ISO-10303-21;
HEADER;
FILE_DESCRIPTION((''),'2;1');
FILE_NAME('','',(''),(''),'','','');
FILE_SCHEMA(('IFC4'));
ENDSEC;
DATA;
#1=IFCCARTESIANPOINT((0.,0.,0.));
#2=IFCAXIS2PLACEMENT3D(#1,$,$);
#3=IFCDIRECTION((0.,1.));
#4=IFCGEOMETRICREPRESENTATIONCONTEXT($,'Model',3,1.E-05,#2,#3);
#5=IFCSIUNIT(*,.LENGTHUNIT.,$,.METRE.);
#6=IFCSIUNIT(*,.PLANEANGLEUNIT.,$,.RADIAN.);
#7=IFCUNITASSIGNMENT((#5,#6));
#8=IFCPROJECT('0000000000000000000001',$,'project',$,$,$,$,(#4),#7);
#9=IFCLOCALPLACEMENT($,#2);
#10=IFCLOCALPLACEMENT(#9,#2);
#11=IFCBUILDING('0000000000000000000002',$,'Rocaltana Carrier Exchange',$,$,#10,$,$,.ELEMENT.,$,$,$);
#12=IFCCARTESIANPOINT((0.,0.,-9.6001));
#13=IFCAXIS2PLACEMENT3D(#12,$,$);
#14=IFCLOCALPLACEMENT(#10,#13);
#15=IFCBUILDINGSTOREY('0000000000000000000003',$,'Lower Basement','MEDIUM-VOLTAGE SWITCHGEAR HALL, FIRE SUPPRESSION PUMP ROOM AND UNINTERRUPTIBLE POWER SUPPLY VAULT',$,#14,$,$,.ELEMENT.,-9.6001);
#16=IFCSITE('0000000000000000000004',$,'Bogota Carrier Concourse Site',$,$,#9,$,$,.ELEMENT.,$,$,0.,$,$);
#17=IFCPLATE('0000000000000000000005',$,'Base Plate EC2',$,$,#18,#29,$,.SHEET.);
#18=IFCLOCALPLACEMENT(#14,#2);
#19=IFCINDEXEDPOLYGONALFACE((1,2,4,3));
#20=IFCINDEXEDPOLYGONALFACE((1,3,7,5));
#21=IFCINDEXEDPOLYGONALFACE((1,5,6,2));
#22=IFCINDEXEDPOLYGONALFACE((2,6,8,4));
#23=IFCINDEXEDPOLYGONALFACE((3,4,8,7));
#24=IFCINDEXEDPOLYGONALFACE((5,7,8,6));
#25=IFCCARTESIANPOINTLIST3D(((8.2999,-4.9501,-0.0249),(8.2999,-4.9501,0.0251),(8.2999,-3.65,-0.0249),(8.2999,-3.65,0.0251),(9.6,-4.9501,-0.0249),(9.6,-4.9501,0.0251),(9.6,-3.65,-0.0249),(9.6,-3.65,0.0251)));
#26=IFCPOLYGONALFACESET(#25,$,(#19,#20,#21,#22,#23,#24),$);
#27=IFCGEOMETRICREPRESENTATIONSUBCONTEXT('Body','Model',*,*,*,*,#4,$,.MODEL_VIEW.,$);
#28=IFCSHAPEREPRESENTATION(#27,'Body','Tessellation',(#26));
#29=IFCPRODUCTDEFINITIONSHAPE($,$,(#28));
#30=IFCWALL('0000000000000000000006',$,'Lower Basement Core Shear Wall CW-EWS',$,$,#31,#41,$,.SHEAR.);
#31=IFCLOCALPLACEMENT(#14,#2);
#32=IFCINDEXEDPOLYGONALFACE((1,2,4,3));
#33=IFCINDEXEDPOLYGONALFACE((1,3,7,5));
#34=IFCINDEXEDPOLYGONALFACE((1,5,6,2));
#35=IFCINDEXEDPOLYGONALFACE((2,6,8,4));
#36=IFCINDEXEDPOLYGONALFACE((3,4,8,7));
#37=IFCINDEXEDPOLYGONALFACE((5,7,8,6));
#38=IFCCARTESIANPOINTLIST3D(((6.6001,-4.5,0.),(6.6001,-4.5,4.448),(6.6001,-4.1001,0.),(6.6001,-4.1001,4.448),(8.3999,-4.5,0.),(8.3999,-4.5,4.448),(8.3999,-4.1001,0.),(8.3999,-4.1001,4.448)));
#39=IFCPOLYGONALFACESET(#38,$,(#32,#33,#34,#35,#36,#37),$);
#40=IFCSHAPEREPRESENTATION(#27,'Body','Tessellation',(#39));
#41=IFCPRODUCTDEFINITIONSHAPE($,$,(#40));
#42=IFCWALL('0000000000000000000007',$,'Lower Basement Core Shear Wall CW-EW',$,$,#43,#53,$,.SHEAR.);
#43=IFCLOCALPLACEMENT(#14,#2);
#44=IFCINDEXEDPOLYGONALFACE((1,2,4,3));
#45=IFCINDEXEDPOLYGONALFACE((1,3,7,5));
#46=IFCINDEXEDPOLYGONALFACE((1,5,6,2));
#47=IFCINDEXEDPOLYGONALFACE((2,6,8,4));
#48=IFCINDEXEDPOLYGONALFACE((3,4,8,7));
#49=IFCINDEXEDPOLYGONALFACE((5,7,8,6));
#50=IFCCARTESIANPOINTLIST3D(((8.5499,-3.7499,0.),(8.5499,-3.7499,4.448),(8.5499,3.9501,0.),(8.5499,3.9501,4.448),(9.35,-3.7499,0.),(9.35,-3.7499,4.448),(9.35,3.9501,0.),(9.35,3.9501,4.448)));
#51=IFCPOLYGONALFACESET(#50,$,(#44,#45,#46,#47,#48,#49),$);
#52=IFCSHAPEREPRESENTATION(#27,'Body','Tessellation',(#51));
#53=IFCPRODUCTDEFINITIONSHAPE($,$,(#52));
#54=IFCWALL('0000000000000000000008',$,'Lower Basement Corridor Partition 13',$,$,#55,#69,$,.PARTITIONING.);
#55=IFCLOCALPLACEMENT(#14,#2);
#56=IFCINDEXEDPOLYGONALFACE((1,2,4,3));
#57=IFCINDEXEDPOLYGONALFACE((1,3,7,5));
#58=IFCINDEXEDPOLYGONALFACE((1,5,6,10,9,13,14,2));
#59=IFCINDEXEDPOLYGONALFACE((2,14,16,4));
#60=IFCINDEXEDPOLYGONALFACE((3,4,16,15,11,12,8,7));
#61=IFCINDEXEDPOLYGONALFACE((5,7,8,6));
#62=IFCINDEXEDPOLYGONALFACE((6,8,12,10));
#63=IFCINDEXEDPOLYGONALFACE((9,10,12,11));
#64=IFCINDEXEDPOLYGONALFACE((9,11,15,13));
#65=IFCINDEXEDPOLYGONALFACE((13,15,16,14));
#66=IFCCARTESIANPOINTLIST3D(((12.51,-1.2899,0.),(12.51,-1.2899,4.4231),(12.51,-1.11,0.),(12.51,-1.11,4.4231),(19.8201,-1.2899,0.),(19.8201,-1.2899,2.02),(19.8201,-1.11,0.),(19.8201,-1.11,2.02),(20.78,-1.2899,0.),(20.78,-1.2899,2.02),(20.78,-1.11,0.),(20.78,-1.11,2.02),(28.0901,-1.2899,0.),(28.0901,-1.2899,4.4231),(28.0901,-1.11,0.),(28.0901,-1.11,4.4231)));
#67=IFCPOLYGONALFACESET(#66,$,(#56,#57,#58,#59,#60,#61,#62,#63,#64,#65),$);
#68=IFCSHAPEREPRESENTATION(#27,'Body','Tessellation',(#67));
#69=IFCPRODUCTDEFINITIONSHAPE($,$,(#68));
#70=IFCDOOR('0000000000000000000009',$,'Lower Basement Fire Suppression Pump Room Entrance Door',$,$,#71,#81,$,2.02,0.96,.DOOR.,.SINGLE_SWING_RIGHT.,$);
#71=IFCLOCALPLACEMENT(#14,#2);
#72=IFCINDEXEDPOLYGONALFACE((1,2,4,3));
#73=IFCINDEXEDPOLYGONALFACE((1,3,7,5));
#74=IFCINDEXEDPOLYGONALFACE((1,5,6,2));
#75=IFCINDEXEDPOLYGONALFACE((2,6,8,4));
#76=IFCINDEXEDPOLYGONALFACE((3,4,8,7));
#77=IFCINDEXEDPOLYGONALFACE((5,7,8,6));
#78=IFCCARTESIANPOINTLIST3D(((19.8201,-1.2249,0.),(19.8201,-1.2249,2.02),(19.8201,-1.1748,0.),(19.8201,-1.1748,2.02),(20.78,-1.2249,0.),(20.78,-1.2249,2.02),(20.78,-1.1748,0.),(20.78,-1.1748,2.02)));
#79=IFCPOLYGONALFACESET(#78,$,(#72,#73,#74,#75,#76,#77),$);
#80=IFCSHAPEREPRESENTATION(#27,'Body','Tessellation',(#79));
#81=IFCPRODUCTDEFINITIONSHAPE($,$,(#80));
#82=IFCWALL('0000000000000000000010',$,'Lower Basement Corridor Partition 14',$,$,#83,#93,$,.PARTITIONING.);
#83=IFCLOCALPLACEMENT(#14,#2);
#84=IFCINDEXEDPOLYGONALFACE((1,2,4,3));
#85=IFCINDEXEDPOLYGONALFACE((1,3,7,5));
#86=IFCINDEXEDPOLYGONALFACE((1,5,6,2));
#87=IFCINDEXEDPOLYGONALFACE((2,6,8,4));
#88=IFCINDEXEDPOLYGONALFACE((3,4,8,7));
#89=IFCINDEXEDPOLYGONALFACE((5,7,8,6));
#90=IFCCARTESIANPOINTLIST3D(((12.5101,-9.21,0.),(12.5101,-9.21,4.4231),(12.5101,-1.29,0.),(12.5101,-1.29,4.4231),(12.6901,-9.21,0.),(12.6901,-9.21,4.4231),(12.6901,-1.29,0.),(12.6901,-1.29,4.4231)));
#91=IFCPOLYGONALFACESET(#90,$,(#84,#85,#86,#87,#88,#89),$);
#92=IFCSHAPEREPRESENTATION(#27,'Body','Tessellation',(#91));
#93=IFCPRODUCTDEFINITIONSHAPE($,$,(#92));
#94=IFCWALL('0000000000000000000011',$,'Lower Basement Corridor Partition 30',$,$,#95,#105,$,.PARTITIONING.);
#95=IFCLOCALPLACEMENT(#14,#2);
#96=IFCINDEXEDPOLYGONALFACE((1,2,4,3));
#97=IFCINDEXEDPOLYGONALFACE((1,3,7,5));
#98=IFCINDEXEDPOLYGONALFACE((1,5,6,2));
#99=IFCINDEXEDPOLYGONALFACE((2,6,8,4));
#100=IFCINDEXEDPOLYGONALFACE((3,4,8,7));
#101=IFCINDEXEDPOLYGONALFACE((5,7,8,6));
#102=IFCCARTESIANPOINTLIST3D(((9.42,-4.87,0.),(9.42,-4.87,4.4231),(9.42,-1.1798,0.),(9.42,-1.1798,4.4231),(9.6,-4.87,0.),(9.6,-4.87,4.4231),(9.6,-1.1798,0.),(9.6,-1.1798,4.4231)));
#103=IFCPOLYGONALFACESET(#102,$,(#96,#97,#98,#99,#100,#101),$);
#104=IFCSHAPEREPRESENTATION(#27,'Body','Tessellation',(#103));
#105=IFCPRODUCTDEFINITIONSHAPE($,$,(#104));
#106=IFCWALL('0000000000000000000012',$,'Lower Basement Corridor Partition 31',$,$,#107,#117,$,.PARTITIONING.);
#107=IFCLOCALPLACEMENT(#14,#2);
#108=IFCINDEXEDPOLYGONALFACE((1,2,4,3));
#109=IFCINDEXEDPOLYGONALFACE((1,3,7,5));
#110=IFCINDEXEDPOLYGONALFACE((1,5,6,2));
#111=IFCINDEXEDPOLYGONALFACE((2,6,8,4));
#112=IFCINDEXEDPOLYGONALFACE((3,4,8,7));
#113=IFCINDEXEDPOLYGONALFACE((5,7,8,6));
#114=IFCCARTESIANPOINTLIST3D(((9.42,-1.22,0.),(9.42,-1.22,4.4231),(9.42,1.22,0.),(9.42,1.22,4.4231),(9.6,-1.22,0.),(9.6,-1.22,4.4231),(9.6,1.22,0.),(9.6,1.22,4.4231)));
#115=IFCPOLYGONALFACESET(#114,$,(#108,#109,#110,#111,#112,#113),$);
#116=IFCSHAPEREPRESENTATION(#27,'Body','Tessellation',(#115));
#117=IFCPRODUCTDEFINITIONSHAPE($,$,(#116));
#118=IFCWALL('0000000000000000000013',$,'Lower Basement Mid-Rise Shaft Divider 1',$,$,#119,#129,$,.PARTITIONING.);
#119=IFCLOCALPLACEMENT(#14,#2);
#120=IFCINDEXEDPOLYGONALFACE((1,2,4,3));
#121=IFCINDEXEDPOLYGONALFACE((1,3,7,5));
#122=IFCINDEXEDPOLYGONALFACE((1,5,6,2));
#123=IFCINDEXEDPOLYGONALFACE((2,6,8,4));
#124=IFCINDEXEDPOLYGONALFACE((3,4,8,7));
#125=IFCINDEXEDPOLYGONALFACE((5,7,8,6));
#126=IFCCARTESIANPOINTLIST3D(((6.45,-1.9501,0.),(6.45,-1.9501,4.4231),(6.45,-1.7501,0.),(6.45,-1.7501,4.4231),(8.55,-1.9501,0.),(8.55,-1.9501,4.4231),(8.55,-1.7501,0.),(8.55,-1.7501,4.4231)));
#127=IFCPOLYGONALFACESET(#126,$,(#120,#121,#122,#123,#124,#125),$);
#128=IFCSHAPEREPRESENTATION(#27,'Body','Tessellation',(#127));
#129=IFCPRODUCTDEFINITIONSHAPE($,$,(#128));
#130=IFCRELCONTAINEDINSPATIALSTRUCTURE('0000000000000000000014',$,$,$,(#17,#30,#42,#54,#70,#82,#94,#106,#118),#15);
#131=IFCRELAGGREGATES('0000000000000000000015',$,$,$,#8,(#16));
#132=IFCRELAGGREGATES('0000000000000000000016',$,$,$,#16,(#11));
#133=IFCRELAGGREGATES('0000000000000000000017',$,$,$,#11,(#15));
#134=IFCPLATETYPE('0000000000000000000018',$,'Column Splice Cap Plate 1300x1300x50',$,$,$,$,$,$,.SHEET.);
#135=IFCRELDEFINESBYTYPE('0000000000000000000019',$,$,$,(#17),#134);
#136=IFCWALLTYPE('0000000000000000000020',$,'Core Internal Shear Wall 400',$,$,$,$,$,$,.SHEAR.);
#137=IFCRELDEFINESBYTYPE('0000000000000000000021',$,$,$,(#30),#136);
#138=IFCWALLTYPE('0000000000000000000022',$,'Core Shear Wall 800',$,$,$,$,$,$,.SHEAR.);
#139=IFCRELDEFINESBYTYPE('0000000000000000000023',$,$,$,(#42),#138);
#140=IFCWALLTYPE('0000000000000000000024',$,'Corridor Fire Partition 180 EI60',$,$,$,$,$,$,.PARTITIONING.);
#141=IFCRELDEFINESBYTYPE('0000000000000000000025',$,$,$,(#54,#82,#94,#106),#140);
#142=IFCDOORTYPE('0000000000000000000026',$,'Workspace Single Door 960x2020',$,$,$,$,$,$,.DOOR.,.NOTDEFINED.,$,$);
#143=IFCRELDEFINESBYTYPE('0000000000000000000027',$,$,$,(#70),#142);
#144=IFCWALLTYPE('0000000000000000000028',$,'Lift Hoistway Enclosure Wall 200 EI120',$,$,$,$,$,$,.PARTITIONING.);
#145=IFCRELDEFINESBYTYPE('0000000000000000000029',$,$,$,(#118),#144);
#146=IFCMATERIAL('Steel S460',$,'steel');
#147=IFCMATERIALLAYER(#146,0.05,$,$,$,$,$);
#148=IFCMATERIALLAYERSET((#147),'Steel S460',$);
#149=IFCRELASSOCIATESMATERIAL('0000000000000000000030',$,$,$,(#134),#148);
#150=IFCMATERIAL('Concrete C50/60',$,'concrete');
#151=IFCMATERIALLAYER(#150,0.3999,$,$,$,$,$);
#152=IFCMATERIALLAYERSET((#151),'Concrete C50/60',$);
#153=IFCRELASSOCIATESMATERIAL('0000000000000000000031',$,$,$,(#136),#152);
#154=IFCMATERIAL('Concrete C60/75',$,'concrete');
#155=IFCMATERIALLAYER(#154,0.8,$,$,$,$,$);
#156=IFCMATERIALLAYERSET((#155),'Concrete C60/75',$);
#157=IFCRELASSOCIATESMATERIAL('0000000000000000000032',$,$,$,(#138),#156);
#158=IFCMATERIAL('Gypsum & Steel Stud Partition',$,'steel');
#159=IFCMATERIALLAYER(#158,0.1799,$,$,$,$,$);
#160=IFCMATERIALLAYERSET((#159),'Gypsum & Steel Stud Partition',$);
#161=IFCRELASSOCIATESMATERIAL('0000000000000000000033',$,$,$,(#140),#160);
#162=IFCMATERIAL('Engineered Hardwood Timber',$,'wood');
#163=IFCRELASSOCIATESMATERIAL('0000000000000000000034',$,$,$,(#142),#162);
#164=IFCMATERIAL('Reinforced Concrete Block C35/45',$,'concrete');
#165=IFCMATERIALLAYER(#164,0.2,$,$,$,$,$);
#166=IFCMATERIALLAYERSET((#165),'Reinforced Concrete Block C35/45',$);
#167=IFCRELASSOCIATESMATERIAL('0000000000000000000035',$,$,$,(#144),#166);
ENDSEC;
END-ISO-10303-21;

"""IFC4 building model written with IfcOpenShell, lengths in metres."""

from ifc_helpers import new_model, si_unit, direction, frame, frame_2d, origin, origin_2d, place, context, subcontext, project, spatial, rectangle, extrude, material, layer, layer_set, type_object, element, fill, save


model = new_model("IFC4")

# Units and contexts
model_context = context("Model", 3, precision=1e-05, world=origin(), true_north=direction((0.0, 1.0)))
body_context = subcontext(model_context, "Body", "Model", "MODEL_VIEW")
ifc_project = project(units=[si_unit("LENGTHUNIT", "METRE"), si_unit("PLANEANGLEUNIT", "RADIAN")], contexts=[model_context])

# Site, building, storey
site_placement = place(None, origin())
site = spatial("IfcSite", under=ifc_project, at=site_placement, Name="Bogota Carrier Concourse Site", CompositionType="ELEMENT", RefElevation=0.0)
building_placement = place(site_placement, origin())
building = spatial("IfcBuilding", under=site, at=building_placement, Name="Rocaltana Carrier Exchange", CompositionType="ELEMENT")
storey_placement = place(building_placement, frame((0.0, 0.0, -9.6001)))
storey = spatial("IfcBuildingStorey", under=building, at=storey_placement, Name="Lower Basement", Description="MEDIUM-VOLTAGE SWITCHGEAR HALL, FIRE SUPPRESSION PUMP ROOM AND UNINTERRUPTIBLE POWER SUPPLY VAULT", CompositionType="ELEMENT", Elevation=-9.6001)

# Plate
ifc_material_1 = material(Name="Steel S460", Category="steel")
ifc_layer_1 = layer(ifc_material_1, 0.05)
ifc_layer_set_1 = layer_set([ifc_layer_1], Name="Steel S460")
plate_type = type_object("IfcPlateType", Name="Column Splice Cap Plate 1300x1300x50", PredefinedType="SHEET", material=ifc_layer_set_1)
plate_placement = place(storey_placement, frame((8.95, -4.3, -0.0249), z_axis=(0.0, 0.0, 1.0), x_axis=(1.0, 0.0, 0.0)))
element("IfcPlate", 1, at=plate_placement, inside=storey, type_object=plate_type, Name="Base Plate EC2", PredefinedType="SHEET", context=body_context, shape_type="SweptSolid", body=[
    extrude(rectangle(XDim=1.3, YDim=1.3, at=origin_2d()), origin(), (0.0, 0.0, 1.0), 0.05),
])

# Walls
ifc_material_2 = material(Name="Concrete C50/60", Category="concrete")
ifc_layer_2 = layer(ifc_material_2, 0.3999)
ifc_layer_set_2 = layer_set([ifc_layer_2], Name="Concrete C50/60")
wall_type_1 = type_object("IfcWallType", Name="Core Internal Shear Wall 400", PredefinedType="SHEAR", material=ifc_layer_set_2)
wall_1_placement = place(storey_placement, frame((6.6001, -4.3, 0.0), z_axis=(0.0, 0.0, 1.0), x_axis=(1.0, 0.0, 0.0)))
element("IfcWall", 2, at=wall_1_placement, inside=storey, type_object=wall_type_1, Name="Lower Basement Core Shear Wall CW-EWS", PredefinedType="SHEAR", context=body_context, shape_type="SweptSolid", body=[
    extrude(rectangle(XDim=1.7998, YDim=0.3999, at=frame_2d((0.8999, 0.0))), origin(), (0.0, 0.0, 1.0), 4.448),
])
ifc_material_3 = material(Name="Concrete C60/75", Category="concrete")
ifc_layer_3 = layer(ifc_material_3, 0.8)
ifc_layer_set_3 = layer_set([ifc_layer_3], Name="Concrete C60/75")
wall_type_2 = type_object("IfcWallType", Name="Core Shear Wall 800", PredefinedType="SHEAR", material=ifc_layer_set_3)
wall_2_placement = place(storey_placement, frame((8.95, -3.75, 0.0), z_axis=(0.0, 0.0, 1.0), x_axis=(0.0, 1.0, 0.0)))
element("IfcWall", 3, at=wall_2_placement, inside=storey, type_object=wall_type_2, Name="Lower Basement Core Shear Wall CW-EW", PredefinedType="SHEAR", context=body_context, shape_type="SweptSolid", body=[
    extrude(rectangle(XDim=7.7, YDim=0.8, at=frame_2d((3.8501, 0.0))), origin(), (0.0, 0.0, 1.0), 4.448),
])

# Wall, opening, door
ifc_material_4 = material(Name="Gypsum & Steel Stud Partition", Category="steel")
ifc_layer_4 = layer(ifc_material_4, 0.1799)
ifc_layer_set_4 = layer_set([ifc_layer_4], Name="Gypsum & Steel Stud Partition")
wall_type_3 = type_object("IfcWallType", Name="Corridor Fire Partition 180 EI60", PredefinedType="PARTITIONING", material=ifc_layer_set_4)
wall_3_placement = place(storey_placement, frame((28.0901, -1.2, 0.0), z_axis=(0.0, 0.0, 1.0), x_axis=(-1.0, 0.0, 0.0)))
wall_3 = element("IfcWall", 4, at=wall_3_placement, inside=storey, type_object=wall_type_3, Name="Lower Basement Corridor Partition 13", PredefinedType="PARTITIONING", context=body_context, shape_type="SweptSolid", body=[
    extrude(rectangle(XDim=15.5801, YDim=0.1799, at=frame_2d((7.79, 0.0))), origin(), (0.0, 0.0, 1.0), 4.4231),
])
opening_placement = place(wall_3_placement, frame((7.3101, 0.0, 0.0)))
opening = element("IfcOpeningElement", 5, at=opening_placement, cuts=wall_3, PredefinedType="OPENING", context=body_context, shape_type="SweptSolid", body=[
    extrude(rectangle(XDim=0.96, YDim=2.02, at=frame_2d((0.48, 1.01))), frame((0.0, 0.0999, 0.0), z_axis=(0.0, -1.0, 0.0), x_axis=(1.0, 0.0, 0.0)), (0.0, 0.0, 1.0), 0.2),
])
ifc_material_5 = material(Name="Engineered Hardwood Timber", Category="wood")
door_type = type_object("IfcDoorType", Name="Workspace Single Door 960x2020", OperationType="NOTDEFINED", PredefinedType="DOOR", material=ifc_material_5)
door_placement = place(opening_placement, origin())
door = element("IfcDoor", 6, at=door_placement, inside=storey, type_object=door_type, Name="Lower Basement Fire Suppression Pump Room Entrance Door", OperationType="SINGLE_SWING_RIGHT", OverallHeight=2.02, OverallWidth=0.96, PredefinedType="DOOR", context=body_context, shape_type="SweptSolid", body=[
    extrude(rectangle(XDim=0.96, YDim=2.02, at=frame_2d((0.48, 1.01))), frame((0.0, 0.0249, 0.0), z_axis=(0.0, -1.0, 0.0), x_axis=(1.0, 0.0, 0.0)), (0.0, 0.0, 1.0), 0.05),
])
fill(opening, door)

# Walls
wall_4_placement = place(storey_placement, frame((12.6001, -1.29, 0.0), z_axis=(0.0, 0.0, 1.0), x_axis=(0.0, -1.0, 0.0)))
element("IfcWall", 7, at=wall_4_placement, inside=storey, type_object=wall_type_3, Name="Lower Basement Corridor Partition 14", PredefinedType="PARTITIONING", context=body_context, shape_type="SweptSolid", body=[
    extrude(rectangle(XDim=7.9199, YDim=0.1799, at=frame_2d((3.96, 0.0))), origin(), (0.0, 0.0, 1.0), 4.4231),
])
wall_5_placement = place(storey_placement, frame((9.51, -4.8701, 0.0), z_axis=(0.0, 0.0, 1.0), x_axis=(0.0, 1.0, 0.0)))
element("IfcWall", 8, at=wall_5_placement, inside=storey, type_object=wall_type_3, Name="Lower Basement Corridor Partition 30", PredefinedType="PARTITIONING", context=body_context, shape_type="SweptSolid", body=[
    extrude(rectangle(XDim=3.6902, YDim=0.1799, at=frame_2d((1.8452, 0.0))), origin(), (0.0, 0.0, 1.0), 4.4231),
])
wall_6_placement = place(storey_placement, frame((9.51, -1.22, 0.0), z_axis=(0.0, 0.0, 1.0), x_axis=(0.0, 1.0, 0.0)))
element("IfcWall", 9, at=wall_6_placement, inside=storey, type_object=wall_type_3, Name="Lower Basement Corridor Partition 31", PredefinedType="PARTITIONING", context=body_context, shape_type="SweptSolid", body=[
    extrude(rectangle(XDim=2.4399, YDim=0.1799, at=frame_2d((1.22, 0.0))), origin(), (0.0, 0.0, 1.0), 4.4231),
])
ifc_material_6 = material(Name="Reinforced Concrete Block C35/45", Category="concrete")
ifc_layer_5 = layer(ifc_material_6, 0.2)
ifc_layer_set_5 = layer_set([ifc_layer_5], Name="Reinforced Concrete Block C35/45")
wall_type_4 = type_object("IfcWallType", Name="Lift Hoistway Enclosure Wall 200 EI120", PredefinedType="PARTITIONING", material=ifc_layer_set_5)
wall_7_placement = place(storey_placement, frame((6.45, -1.8501, 0.0), z_axis=(0.0, 0.0, 1.0), x_axis=(1.0, 0.0, 0.0)))
element("IfcWall", 10, at=wall_7_placement, inside=storey, type_object=wall_type_4, Name="Lower Basement Mid-Rise Shaft Divider 1", PredefinedType="PARTITIONING", context=body_context, shape_type="SweptSolid", body=[
    extrude(rectangle(XDim=2.1001, YDim=0.2, at=frame_2d((1.05, 0.0))), origin(), (0.0, 0.0, 1.0), 4.4231),
])

save(model, "model.ifc")
